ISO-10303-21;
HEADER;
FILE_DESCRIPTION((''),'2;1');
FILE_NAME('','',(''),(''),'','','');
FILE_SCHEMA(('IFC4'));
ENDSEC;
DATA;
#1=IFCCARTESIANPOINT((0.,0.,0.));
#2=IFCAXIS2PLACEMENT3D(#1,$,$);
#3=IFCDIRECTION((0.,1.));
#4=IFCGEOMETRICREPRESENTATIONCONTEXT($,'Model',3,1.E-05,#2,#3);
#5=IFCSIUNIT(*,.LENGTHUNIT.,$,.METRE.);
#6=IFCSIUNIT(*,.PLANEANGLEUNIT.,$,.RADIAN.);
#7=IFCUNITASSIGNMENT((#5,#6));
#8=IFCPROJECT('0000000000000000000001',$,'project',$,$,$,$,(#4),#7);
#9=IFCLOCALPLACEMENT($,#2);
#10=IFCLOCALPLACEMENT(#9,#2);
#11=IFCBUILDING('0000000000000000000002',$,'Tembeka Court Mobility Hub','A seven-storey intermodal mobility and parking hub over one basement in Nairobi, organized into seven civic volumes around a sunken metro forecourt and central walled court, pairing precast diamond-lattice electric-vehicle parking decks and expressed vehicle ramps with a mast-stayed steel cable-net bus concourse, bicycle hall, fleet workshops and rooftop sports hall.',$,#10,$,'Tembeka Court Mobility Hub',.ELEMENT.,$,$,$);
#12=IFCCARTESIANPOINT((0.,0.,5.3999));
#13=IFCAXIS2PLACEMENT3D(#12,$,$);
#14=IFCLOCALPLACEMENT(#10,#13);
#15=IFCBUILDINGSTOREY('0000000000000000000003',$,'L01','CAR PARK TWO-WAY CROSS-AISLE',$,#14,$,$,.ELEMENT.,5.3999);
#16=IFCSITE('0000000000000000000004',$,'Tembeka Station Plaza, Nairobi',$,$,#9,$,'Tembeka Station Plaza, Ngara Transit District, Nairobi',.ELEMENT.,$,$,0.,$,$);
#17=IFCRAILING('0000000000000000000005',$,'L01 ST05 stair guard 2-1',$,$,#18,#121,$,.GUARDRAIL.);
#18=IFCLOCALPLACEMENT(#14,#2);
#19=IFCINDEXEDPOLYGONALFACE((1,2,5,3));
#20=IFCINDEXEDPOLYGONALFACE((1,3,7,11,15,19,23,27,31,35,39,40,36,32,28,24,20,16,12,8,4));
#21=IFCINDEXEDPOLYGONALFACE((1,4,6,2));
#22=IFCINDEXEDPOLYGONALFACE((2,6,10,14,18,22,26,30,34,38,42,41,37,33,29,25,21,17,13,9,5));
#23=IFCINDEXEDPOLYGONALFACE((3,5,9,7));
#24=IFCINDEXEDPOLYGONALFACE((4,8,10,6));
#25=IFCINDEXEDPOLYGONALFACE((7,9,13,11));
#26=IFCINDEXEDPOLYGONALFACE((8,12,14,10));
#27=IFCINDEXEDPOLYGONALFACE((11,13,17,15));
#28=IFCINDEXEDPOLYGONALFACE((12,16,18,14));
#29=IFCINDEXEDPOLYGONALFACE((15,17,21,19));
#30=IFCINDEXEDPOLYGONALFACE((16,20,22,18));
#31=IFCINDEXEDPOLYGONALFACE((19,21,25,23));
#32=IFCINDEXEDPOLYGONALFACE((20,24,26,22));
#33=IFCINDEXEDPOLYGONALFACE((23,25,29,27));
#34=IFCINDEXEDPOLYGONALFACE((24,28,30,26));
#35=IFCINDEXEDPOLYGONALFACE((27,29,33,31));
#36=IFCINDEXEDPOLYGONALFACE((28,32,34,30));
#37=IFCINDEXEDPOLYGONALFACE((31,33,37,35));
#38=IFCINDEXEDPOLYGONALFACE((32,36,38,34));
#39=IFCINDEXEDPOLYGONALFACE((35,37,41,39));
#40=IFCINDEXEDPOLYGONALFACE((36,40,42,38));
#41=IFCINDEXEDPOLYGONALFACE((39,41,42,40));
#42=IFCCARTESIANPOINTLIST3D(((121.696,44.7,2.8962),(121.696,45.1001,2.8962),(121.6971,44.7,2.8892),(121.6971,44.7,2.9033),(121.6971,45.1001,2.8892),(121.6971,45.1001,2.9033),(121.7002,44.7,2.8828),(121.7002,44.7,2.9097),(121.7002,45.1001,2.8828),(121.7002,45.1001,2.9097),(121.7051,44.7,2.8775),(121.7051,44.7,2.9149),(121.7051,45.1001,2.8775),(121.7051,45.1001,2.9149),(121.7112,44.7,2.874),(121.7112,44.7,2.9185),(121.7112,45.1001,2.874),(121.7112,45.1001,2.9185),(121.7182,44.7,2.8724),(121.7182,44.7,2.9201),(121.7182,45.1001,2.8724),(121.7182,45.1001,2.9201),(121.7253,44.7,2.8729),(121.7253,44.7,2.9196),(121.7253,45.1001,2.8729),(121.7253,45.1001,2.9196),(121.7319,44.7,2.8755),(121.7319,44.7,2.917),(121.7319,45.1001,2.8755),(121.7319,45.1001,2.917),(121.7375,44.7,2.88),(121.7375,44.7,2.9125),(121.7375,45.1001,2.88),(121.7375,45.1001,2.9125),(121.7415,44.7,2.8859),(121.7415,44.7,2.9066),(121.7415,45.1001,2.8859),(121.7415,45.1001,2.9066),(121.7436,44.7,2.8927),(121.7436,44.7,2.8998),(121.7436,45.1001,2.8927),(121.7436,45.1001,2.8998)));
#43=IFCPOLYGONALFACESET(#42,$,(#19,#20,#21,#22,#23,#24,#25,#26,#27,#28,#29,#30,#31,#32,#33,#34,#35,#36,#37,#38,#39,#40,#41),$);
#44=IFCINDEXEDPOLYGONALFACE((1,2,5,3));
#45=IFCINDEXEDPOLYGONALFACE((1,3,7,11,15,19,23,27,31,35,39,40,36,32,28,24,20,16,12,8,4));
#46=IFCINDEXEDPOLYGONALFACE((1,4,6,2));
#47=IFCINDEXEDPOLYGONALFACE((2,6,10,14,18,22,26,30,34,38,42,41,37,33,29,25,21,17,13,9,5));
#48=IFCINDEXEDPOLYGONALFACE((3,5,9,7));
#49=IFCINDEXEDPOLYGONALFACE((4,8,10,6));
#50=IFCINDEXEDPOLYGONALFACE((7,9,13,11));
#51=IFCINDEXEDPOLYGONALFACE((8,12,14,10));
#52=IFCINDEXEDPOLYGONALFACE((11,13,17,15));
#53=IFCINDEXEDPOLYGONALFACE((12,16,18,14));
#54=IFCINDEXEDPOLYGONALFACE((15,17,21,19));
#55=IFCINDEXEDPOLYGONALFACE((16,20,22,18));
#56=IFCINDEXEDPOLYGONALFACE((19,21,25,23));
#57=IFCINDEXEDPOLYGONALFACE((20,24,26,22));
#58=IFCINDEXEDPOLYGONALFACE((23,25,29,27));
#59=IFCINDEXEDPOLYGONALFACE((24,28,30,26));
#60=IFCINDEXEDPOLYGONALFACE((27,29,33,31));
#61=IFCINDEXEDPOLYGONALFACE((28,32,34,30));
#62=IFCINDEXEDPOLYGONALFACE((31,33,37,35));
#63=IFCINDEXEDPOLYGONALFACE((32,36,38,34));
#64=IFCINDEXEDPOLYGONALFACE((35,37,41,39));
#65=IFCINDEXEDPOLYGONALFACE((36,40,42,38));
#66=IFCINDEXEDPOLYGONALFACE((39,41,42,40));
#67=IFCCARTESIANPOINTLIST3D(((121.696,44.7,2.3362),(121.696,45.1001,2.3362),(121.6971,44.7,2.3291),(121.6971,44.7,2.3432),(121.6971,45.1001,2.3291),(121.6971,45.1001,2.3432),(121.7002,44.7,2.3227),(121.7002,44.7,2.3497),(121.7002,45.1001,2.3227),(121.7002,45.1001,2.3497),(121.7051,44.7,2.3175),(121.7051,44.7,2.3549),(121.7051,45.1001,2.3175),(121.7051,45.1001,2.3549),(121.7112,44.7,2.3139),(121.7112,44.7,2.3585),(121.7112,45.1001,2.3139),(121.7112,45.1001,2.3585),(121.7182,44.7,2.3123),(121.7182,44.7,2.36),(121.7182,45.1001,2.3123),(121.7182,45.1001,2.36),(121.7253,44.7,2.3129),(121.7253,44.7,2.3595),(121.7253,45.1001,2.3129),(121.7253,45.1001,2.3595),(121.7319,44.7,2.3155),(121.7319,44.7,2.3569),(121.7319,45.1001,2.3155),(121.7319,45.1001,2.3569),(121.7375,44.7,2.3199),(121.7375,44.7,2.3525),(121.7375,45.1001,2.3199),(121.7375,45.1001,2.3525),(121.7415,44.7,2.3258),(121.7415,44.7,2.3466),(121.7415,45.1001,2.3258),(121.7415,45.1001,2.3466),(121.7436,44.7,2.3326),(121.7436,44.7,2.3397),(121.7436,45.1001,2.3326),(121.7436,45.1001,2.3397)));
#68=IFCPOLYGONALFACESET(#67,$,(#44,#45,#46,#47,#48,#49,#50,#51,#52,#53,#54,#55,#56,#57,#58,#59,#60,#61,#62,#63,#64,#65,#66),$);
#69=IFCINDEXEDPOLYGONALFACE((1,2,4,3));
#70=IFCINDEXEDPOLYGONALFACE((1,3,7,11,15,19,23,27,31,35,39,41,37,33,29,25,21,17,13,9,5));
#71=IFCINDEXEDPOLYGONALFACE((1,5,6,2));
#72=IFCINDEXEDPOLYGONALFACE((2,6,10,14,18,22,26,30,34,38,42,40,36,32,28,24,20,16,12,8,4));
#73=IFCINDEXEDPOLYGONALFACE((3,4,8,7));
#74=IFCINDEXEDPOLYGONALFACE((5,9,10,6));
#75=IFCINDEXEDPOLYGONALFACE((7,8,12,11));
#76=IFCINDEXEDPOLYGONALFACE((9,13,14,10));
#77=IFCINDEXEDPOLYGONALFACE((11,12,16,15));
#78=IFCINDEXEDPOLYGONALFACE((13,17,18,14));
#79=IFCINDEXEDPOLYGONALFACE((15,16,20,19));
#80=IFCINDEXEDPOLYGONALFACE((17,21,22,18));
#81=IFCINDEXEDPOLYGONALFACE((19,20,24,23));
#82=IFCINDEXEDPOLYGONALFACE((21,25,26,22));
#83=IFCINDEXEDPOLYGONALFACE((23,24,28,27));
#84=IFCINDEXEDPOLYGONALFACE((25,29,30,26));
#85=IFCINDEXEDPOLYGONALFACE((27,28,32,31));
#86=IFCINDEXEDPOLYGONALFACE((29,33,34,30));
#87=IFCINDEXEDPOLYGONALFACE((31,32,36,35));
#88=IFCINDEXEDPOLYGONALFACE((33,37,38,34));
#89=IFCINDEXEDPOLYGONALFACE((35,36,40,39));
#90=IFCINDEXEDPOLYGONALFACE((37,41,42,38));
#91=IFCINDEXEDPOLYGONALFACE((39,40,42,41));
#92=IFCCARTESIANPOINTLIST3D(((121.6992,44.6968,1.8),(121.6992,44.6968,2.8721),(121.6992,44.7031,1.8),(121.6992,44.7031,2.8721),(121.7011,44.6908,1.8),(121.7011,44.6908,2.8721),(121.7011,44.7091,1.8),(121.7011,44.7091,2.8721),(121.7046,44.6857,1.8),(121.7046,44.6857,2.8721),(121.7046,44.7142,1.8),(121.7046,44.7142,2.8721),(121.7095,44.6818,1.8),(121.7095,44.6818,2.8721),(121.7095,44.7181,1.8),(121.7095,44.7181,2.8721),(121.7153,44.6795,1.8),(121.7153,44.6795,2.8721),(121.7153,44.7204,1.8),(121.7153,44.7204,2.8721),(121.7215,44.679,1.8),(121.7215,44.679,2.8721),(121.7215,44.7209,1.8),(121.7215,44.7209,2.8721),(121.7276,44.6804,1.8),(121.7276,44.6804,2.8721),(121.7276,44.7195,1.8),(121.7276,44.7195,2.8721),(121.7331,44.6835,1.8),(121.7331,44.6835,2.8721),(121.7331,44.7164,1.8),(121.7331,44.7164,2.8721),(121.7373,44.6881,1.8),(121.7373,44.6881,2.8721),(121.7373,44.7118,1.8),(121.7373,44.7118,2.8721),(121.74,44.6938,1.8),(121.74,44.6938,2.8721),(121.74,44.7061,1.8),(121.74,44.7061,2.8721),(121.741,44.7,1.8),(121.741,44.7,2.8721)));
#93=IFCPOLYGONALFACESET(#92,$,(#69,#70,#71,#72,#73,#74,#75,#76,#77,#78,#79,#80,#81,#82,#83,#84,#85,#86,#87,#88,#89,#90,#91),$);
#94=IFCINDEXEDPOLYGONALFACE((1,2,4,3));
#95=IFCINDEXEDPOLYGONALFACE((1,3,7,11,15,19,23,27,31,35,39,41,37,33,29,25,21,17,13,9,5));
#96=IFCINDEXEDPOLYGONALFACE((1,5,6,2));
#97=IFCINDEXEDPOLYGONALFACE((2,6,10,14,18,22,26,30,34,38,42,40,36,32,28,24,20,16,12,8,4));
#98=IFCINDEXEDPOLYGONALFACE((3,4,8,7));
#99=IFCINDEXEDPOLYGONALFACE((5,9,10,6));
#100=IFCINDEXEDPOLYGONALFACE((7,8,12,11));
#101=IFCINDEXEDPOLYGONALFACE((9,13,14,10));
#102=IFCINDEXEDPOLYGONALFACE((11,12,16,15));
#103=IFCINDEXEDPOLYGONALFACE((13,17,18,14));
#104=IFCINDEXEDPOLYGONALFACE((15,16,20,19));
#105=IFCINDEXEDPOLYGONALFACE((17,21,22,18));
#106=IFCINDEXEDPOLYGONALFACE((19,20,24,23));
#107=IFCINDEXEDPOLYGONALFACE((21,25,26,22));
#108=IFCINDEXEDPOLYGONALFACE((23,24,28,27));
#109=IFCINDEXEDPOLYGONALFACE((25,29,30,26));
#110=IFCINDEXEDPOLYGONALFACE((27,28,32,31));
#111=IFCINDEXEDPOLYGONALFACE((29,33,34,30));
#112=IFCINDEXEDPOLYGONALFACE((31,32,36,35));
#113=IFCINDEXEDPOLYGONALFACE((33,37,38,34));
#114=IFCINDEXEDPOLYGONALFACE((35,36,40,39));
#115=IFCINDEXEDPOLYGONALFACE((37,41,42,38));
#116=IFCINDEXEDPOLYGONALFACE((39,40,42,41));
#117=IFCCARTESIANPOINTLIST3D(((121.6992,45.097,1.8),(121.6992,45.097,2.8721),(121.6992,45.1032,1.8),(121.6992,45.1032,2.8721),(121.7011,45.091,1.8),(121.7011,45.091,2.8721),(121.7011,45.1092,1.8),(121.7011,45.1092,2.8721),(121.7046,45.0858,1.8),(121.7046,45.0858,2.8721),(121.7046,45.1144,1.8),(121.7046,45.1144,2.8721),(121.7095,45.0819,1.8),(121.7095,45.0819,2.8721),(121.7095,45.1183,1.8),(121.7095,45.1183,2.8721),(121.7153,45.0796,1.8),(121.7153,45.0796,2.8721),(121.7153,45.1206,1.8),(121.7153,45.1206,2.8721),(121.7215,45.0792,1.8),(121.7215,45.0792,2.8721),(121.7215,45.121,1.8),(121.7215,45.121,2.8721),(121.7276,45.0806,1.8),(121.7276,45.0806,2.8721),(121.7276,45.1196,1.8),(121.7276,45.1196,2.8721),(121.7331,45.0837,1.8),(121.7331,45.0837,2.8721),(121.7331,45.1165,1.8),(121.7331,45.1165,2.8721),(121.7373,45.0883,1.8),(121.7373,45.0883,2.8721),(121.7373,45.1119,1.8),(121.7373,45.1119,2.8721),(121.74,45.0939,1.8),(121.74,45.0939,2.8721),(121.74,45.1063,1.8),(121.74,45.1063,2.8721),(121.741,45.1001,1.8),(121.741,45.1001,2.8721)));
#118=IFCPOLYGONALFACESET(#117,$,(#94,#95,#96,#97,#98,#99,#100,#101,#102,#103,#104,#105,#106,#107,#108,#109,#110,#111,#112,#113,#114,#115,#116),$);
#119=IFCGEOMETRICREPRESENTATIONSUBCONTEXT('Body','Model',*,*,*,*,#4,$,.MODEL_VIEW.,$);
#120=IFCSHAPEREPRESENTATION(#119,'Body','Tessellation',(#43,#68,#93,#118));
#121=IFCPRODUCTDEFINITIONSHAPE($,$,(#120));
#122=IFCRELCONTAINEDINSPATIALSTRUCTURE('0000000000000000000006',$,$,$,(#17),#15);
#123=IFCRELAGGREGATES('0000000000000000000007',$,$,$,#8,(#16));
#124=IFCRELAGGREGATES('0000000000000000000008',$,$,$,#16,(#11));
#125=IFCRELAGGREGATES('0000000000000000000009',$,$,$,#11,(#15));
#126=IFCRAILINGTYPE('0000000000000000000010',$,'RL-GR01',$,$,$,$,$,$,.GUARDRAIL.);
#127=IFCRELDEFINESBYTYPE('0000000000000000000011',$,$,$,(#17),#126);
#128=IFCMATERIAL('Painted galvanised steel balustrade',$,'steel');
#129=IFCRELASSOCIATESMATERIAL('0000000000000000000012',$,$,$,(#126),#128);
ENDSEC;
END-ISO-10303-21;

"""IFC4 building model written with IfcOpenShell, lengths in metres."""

from ifc_helpers import new_model, si_unit, direction, frame, origin, origin_2d, place, context, subcontext, project, spatial, circle, extrude, material, type_object, element, save


model = new_model("IFC4")

# Units and contexts
model_context = context("Model", 3, precision=1e-05, world=origin(), true_north=direction((0.0, 1.0)))
body_context = subcontext(model_context, "Body", "Model", "MODEL_VIEW")
ifc_project = project(units=[si_unit("LENGTHUNIT", "METRE"), si_unit("PLANEANGLEUNIT", "RADIAN")], contexts=[model_context])

# Site, building, storey
site_placement = place(None, origin())
site = spatial("IfcSite", under=ifc_project, at=site_placement, Name="Tembeka Station Plaza, Nairobi", LongName="Tembeka Station Plaza, Ngara Transit District, Nairobi", CompositionType="ELEMENT", RefElevation=0.0)
building_placement = place(site_placement, origin())
building = spatial("IfcBuilding", under=site, at=building_placement, Name="Tembeka Court Mobility Hub", Description="A seven-storey intermodal mobility and parking hub over one basement in Nairobi, organized into seven civic volumes around a sunken metro forecourt and central walled court, pairing precast diamond-lattice electric-vehicle parking decks and expressed vehicle ramps with a mast-stayed steel cable-net bus concourse, bicycle hall, fleet workshops and rooftop sports hall.", LongName="Tembeka Court Mobility Hub", CompositionType="ELEMENT")
storey_placement = place(building_placement, frame((0.0, 0.0, 5.3999)))
storey = spatial("IfcBuildingStorey", under=building, at=storey_placement, Name="L01", Description="CAR PARK TWO-WAY CROSS-AISLE", CompositionType="ELEMENT", Elevation=5.3999)

# Railing
ifc_material_1 = material(Name="Painted galvanised steel balustrade", Category="steel")
railing_type_1 = type_object("IfcRailingType", Name="RL-GR01", PredefinedType="GUARDRAIL", material=ifc_material_1)
railing_1_placement = place(storey_placement, frame((121.72, 44.7, 1.8)))
element("IfcRailing", 1, at=railing_1_placement, inside=storey, type_object=railing_type_1, Name="L01 ST05 stair guard 2-1", PredefinedType="GUARDRAIL", context=body_context, shape_type="SweptSolid", body=[
    extrude(circle(Radius=0.0239, at=origin_2d()), frame((0.0, 0.0, 1.0962), z_axis=(0.0, 1.0, 0.0), x_axis=(-1.0, 0.0, 0.0)), (0.0, 0.0, 1.0), 0.4001),
    extrude(circle(Radius=0.0239, at=origin_2d()), frame((0.0, 0.0, 0.5361), z_axis=(0.0, 1.0, 0.0), x_axis=(-1.0, 0.0, 0.0)), (0.0, 0.0, 1.0), 0.4001),
    extrude(circle(Radius=0.021, at=origin_2d()), origin(), (0.0, 0.0, 1.0), 1.072),
    extrude(circle(Radius=0.021, at=origin_2d()), frame((0.0, 0.4001, 0.0)), (0.0, 0.0, 1.0), 1.072),
])

save(model, "model.ifc")
